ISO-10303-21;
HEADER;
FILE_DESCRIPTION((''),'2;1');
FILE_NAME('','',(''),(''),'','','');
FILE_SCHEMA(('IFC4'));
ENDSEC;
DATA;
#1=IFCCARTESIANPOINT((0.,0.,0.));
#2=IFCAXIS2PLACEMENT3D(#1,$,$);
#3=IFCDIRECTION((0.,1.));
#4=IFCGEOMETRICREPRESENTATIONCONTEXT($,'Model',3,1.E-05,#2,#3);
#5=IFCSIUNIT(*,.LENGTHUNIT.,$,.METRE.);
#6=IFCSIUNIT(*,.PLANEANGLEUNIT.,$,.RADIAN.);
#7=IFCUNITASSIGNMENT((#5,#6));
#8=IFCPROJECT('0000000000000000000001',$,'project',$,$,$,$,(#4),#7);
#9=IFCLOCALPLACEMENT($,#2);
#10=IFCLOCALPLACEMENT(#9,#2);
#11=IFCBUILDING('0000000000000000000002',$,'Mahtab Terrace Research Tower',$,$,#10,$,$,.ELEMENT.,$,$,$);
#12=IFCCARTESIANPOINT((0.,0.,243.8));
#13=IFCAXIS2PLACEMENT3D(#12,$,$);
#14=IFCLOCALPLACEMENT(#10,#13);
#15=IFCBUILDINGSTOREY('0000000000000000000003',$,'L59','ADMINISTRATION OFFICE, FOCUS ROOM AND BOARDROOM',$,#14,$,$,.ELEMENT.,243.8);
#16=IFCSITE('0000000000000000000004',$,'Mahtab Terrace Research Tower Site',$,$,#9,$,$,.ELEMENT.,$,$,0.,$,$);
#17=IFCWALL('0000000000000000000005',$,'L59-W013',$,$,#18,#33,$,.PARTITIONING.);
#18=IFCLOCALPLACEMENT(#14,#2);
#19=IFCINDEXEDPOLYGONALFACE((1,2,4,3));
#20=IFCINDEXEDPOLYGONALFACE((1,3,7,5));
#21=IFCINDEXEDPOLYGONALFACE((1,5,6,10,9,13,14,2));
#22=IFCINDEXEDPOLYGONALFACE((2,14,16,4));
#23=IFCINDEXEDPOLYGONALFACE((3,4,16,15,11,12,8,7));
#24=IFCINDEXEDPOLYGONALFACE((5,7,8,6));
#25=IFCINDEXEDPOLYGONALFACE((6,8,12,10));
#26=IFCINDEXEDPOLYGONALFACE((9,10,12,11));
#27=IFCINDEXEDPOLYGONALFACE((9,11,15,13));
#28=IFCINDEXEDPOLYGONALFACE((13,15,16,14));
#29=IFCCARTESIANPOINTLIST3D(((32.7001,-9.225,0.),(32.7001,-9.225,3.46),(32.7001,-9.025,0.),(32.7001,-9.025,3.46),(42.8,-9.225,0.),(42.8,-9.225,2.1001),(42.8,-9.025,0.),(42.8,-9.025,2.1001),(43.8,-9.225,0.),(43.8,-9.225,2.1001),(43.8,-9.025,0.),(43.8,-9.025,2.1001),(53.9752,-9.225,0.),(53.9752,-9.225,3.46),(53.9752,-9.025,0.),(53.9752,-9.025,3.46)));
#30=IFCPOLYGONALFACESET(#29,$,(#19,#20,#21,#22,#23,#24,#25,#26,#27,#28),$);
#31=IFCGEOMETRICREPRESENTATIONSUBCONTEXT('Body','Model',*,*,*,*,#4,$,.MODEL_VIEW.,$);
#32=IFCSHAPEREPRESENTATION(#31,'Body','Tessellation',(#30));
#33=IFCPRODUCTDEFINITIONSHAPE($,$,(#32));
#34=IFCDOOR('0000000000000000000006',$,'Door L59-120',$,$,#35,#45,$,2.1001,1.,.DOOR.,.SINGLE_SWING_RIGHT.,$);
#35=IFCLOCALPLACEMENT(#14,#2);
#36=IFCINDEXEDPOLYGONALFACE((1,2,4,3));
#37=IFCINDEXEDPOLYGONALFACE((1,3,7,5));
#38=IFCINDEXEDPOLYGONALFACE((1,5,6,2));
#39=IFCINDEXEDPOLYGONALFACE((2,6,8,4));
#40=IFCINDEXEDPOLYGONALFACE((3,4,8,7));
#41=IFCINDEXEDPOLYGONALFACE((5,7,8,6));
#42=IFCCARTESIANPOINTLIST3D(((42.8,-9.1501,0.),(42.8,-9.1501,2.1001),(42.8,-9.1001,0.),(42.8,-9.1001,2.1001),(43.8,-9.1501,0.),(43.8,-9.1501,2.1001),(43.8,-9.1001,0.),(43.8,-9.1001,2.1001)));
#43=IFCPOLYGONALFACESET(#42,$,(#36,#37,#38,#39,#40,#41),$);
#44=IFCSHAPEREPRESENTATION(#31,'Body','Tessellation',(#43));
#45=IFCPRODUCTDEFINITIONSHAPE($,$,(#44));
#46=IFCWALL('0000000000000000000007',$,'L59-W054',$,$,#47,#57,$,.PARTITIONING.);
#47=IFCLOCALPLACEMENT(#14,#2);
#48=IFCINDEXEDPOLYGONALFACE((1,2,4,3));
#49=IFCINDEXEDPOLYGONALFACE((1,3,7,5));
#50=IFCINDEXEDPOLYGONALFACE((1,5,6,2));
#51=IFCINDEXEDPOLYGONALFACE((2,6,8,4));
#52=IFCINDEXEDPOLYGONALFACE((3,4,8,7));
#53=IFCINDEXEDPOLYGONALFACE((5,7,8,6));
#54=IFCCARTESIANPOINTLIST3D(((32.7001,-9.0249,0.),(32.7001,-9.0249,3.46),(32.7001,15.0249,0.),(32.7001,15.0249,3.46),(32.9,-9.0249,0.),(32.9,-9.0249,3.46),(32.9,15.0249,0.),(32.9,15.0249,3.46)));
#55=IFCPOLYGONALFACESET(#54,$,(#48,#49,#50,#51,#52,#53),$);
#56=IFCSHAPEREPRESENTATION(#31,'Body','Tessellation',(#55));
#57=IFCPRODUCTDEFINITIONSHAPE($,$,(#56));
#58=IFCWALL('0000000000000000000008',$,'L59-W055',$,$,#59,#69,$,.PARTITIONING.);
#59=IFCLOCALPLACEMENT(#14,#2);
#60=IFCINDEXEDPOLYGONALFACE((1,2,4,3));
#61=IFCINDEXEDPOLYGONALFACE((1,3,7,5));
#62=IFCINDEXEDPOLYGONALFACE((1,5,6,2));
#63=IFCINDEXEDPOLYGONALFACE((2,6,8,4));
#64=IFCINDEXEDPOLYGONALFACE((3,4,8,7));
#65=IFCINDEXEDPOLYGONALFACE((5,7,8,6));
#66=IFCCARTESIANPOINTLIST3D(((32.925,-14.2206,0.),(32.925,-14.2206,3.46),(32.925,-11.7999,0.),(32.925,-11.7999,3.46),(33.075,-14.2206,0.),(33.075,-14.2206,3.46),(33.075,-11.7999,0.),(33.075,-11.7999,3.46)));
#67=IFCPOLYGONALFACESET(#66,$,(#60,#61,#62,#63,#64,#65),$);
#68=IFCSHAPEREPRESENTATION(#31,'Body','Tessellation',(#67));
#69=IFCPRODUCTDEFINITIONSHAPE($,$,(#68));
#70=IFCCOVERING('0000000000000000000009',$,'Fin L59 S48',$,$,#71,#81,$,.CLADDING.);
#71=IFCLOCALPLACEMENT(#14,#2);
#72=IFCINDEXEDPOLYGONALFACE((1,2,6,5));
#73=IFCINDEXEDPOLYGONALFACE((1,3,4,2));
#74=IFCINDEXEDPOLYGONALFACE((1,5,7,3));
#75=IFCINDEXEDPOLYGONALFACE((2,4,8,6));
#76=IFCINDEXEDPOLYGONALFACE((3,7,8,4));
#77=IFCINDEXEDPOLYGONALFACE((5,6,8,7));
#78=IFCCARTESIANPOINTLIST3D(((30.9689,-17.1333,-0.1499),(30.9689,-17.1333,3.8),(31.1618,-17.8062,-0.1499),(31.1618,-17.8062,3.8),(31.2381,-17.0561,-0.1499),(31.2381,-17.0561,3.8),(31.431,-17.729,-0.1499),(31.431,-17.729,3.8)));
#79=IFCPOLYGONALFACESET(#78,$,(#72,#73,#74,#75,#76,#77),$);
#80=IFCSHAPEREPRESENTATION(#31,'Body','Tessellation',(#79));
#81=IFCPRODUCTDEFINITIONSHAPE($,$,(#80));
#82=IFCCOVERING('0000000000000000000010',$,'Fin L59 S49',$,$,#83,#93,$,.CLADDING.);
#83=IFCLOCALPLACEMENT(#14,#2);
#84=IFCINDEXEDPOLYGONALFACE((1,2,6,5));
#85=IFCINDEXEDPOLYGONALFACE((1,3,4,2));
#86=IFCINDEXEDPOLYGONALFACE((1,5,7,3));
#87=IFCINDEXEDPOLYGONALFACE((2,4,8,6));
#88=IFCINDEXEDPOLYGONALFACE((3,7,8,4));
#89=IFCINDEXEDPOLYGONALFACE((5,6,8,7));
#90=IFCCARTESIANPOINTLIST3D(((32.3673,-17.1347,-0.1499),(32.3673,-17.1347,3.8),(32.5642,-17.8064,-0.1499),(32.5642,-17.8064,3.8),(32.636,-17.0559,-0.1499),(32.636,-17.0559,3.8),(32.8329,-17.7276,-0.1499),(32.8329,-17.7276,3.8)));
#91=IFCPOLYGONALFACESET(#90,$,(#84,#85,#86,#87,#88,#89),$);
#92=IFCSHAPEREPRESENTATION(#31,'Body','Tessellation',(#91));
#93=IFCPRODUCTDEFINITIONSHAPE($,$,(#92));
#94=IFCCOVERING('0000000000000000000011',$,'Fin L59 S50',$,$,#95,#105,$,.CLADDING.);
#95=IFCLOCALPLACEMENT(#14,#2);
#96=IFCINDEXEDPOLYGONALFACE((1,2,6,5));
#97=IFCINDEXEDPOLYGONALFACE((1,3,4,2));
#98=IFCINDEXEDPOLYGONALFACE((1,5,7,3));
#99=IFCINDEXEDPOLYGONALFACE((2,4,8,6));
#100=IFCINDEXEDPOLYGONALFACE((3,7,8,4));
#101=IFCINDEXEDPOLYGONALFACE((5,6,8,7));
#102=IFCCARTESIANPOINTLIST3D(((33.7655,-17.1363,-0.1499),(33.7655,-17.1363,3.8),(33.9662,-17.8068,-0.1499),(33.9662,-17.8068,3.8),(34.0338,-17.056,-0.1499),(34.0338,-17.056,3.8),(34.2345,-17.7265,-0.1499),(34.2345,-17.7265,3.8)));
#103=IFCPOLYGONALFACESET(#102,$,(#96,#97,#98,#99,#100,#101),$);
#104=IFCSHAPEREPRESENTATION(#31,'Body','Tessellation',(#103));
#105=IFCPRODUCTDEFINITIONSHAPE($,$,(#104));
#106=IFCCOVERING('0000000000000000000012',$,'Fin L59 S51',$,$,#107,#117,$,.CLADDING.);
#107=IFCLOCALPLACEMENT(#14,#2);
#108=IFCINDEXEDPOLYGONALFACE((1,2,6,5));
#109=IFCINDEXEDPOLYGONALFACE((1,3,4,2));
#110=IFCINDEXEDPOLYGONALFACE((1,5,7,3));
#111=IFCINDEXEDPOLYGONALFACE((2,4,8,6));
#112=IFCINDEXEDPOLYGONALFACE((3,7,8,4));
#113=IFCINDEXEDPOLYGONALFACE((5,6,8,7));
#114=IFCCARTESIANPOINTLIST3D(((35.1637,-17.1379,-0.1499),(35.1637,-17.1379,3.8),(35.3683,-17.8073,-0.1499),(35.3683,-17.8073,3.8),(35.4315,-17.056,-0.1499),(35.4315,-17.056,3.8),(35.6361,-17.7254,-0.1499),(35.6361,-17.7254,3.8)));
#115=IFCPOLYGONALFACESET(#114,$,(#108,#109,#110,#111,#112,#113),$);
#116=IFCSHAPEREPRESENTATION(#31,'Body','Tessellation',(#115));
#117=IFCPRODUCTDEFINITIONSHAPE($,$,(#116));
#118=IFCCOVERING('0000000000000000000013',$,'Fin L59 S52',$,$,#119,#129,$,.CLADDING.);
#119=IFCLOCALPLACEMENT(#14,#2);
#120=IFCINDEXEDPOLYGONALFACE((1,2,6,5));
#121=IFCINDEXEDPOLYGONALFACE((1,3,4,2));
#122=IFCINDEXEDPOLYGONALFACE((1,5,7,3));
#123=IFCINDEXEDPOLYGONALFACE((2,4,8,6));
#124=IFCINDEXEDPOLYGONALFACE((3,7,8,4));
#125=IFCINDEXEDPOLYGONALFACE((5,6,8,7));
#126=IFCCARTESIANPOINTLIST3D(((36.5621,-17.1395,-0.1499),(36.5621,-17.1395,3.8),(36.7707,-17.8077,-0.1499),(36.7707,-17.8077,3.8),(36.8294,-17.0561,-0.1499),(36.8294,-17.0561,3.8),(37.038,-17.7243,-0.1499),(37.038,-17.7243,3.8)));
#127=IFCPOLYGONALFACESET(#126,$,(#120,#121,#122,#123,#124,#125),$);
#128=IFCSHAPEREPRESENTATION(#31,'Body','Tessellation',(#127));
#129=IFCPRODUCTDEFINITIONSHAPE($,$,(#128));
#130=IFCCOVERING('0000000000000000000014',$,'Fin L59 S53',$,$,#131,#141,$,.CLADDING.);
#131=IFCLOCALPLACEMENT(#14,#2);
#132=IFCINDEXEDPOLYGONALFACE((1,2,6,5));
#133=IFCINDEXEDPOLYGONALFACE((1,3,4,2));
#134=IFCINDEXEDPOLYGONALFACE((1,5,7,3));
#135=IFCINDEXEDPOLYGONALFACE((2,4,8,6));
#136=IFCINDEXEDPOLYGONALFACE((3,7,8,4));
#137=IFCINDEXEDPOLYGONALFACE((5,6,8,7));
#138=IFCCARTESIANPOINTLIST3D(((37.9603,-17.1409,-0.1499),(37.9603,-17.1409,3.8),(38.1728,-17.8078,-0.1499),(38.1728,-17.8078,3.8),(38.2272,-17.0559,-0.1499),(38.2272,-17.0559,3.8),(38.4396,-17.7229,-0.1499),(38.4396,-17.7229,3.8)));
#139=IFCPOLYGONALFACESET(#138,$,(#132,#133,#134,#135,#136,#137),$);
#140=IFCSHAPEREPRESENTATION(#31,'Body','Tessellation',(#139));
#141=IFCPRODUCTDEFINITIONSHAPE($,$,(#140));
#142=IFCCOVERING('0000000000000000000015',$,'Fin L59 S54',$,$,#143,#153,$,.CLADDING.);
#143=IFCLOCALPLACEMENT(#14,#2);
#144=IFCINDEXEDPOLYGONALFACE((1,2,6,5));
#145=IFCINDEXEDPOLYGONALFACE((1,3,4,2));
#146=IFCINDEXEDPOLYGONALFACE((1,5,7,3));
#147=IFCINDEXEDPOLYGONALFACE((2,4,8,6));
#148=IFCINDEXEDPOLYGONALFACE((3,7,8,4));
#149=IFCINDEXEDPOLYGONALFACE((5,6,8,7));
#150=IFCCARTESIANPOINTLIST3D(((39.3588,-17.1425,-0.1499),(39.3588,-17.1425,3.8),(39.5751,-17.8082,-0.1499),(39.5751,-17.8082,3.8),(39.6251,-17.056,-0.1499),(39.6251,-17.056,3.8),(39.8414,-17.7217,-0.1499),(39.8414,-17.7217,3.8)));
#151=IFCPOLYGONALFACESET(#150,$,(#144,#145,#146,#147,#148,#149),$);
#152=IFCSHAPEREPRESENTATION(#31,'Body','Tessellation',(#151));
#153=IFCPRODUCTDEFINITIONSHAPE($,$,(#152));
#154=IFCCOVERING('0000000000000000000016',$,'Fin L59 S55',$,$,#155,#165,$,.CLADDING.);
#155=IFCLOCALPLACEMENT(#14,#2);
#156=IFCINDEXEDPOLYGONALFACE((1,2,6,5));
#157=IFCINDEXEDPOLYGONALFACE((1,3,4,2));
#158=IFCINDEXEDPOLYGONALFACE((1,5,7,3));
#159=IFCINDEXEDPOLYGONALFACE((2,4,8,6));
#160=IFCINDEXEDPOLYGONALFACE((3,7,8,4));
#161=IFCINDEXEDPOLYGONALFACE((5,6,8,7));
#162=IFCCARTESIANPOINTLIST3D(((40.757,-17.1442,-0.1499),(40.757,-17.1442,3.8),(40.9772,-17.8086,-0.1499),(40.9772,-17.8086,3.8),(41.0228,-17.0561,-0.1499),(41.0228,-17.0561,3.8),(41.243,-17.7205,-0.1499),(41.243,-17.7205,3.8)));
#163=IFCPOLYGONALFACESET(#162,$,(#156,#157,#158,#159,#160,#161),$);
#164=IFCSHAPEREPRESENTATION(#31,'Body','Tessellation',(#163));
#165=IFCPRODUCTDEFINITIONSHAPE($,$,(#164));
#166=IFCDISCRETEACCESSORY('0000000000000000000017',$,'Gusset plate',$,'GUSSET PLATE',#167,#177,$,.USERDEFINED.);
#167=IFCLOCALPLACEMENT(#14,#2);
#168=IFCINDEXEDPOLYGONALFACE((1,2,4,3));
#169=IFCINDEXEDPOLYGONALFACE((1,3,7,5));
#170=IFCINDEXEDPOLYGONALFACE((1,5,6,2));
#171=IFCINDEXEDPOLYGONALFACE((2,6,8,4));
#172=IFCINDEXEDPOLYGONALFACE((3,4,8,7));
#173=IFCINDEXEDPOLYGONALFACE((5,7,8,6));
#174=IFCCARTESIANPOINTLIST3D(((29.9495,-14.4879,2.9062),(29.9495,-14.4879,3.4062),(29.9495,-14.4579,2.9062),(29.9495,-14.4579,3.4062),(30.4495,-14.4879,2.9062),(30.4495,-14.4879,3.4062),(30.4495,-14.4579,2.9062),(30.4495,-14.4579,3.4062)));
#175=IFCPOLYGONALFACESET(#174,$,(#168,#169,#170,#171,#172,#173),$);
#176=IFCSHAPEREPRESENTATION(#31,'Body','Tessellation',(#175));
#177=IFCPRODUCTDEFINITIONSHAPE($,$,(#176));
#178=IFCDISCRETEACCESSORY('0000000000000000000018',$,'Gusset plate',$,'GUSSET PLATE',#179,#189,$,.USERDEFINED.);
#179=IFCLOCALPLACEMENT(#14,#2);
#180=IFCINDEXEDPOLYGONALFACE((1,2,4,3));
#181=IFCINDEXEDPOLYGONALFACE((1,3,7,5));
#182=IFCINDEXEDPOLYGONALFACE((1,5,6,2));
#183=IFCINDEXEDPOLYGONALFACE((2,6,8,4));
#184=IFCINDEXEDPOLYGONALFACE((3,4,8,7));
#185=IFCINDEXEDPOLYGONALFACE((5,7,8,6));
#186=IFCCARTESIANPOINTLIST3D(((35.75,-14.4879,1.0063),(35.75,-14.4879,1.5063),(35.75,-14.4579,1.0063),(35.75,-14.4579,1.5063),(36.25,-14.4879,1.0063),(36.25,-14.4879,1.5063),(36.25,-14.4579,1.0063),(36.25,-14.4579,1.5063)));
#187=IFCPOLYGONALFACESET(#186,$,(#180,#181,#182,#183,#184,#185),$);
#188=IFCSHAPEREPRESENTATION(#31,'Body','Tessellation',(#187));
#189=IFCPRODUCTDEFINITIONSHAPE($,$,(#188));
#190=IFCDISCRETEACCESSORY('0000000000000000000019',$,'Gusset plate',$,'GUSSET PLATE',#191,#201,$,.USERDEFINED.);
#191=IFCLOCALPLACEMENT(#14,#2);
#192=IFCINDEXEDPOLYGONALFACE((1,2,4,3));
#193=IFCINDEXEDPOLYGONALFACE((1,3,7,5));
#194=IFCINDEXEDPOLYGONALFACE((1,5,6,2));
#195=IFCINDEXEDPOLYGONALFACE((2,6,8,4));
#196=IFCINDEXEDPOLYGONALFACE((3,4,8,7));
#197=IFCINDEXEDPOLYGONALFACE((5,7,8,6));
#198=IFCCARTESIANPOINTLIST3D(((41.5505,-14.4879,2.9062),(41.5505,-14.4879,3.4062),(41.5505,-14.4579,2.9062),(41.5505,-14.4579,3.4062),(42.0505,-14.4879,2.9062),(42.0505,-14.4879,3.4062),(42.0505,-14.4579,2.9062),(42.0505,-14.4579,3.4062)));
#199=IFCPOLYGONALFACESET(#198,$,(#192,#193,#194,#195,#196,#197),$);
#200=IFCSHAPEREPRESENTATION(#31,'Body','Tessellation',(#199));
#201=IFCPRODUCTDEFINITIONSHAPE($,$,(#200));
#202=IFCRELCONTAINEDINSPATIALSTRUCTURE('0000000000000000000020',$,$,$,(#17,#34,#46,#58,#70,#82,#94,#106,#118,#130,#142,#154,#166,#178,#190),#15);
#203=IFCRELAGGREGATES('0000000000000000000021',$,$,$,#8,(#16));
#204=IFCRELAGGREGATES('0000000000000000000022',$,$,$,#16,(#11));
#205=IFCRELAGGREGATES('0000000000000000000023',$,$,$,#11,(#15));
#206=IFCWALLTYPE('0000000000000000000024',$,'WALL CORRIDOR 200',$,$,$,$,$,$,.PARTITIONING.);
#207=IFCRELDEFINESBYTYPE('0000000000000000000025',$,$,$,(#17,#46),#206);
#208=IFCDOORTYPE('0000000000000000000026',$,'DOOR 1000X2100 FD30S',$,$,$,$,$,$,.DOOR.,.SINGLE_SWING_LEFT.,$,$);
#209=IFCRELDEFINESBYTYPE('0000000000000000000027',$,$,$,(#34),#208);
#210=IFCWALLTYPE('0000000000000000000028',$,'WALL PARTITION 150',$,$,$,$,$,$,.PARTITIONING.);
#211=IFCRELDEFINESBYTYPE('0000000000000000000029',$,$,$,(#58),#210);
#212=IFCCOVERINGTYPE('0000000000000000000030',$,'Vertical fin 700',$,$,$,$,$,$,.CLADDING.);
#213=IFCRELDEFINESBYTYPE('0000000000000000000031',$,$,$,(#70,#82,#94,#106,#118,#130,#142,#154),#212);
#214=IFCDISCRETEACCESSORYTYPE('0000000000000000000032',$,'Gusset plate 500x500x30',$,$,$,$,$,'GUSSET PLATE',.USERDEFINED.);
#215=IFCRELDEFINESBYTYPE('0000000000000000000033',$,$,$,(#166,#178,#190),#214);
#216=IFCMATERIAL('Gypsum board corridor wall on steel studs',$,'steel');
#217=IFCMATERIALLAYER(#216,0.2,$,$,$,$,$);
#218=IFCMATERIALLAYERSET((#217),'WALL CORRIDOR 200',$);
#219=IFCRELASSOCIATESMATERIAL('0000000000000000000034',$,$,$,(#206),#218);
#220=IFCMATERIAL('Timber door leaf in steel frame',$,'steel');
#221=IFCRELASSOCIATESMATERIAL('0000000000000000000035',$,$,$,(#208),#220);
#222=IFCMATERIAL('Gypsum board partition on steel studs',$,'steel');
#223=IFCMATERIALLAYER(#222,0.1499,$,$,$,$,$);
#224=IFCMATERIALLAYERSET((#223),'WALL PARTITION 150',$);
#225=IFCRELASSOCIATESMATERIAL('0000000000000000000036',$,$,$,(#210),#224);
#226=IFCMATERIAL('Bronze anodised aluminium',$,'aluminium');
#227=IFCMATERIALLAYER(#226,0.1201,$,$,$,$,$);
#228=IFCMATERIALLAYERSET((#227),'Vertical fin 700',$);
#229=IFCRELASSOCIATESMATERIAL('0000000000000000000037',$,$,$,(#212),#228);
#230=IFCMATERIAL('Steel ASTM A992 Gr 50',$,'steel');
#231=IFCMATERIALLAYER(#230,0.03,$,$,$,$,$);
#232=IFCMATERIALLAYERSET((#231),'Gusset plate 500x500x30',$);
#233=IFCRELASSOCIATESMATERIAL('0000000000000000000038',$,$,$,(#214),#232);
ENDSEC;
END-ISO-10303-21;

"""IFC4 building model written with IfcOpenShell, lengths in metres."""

from ifc_helpers import new_model, si_unit, direction, frame, frame_2d, origin, origin_2d, place, context, subcontext, project, spatial, rectangle, extrude, material, layer, layer_set, type_object, element, fill, save


model = new_model("IFC4")

# Units and contexts
model_context = context("Model", 3, precision=1e-05, world=origin(), true_north=direction((0.0, 1.0)))
body_context = subcontext(model_context, "Body", "Model", "MODEL_VIEW")
ifc_project = project(units=[si_unit("LENGTHUNIT", "METRE"), si_unit("PLANEANGLEUNIT", "RADIAN")], contexts=[model_context])

# Site, building, storey
site_placement = place(None, origin())
site = spatial("IfcSite", under=ifc_project, at=site_placement, Name="Mahtab Terrace Research Tower Site", CompositionType="ELEMENT", RefElevation=0.0)
building_placement = place(site_placement, origin())
building = spatial("IfcBuilding", under=site, at=building_placement, Name="Mahtab Terrace Research Tower", CompositionType="ELEMENT")
storey_placement = place(building_placement, frame((0.0, 0.0, 243.8)))
storey = spatial("IfcBuildingStorey", under=building, at=storey_placement, Name="L59", Description="ADMINISTRATION OFFICE, FOCUS ROOM AND BOARDROOM", CompositionType="ELEMENT", Elevation=243.8)

# Shared definitions
ifc_material_1 = material(Name="Steel ASTM A992 Gr 50", Category="steel")

# Shared definitions
ifc_material_2 = material(Name="Gypsum board corridor wall on steel studs", Category="steel")
ifc_layer_1 = layer(ifc_material_2, 0.2)
ifc_layer_set_1 = layer_set([ifc_layer_1], Name="WALL CORRIDOR 200")
wall_type_1 = type_object("IfcWallType", Name="WALL CORRIDOR 200", PredefinedType="PARTITIONING", material=ifc_layer_set_1)
ifc_material_3 = material(Name="Timber door leaf in steel frame", Category="steel")

# Wall, opening, door
wall_1_placement = place(storey_placement, frame((32.7, -9.125, 0.0), z_axis=(0.0, 0.0, 1.0), x_axis=(1.0, 0.0, 0.0)))
wall_1 = element("IfcWall", 1, at=wall_1_placement, inside=storey, type_object=wall_type_1, Name="L59-W013", PredefinedType="PARTITIONING", context=body_context, shape_type="SweptSolid", body=[
    extrude(rectangle(XDim=21.2751, YDim=0.2, at=frame_2d((10.6377, 0.0))), origin(), (0.0, 0.0, 1.0), 3.46),
])
opening_1_placement = place(wall_1_placement, frame((10.1001, 0.0, 0.0)))
opening_1 = element("IfcOpeningElement", 2, at=opening_1_placement, cuts=wall_1, PredefinedType="OPENING", context=body_context, shape_type="SweptSolid", body=[
    extrude(rectangle(XDim=1.0, YDim=2.1001, at=frame_2d((0.5, 1.05))), frame((0.0, 0.1099, 0.0), z_axis=(0.0, -1.0, 0.0), x_axis=(1.0, 0.0, 0.0)), (0.0, 0.0, 1.0), 0.22),
])
door_type_1 = type_object("IfcDoorType", Name="DOOR 1000X2100 FD30S", OperationType="SINGLE_SWING_LEFT", PredefinedType="DOOR", material=ifc_material_3)
door_1_placement = place(opening_1_placement, origin())
door_1 = element("IfcDoor", 3, at=door_1_placement, inside=storey, type_object=door_type_1, Name="Door L59-120", OperationType="SINGLE_SWING_RIGHT", OverallHeight=2.1001, OverallWidth=1.0, PredefinedType="DOOR", context=body_context, shape_type="SweptSolid", body=[
    extrude(rectangle(XDim=1.0, YDim=2.1001, at=frame_2d((0.5, 1.05))), frame((0.0, 0.0249, 0.0), z_axis=(0.0, -1.0, 0.0), x_axis=(1.0, 0.0, 0.0)), (0.0, 0.0, 1.0), 0.05),
])
fill(opening_1, door_1)

# Walls
wall_2_placement = place(storey_placement, frame((32.8, -9.0249, 0.0), z_axis=(0.0, 0.0, 1.0), x_axis=(0.0, 1.0, 0.0)))
element("IfcWall", 4, at=wall_2_placement, inside=storey, type_object=wall_type_1, Name="L59-W054", PredefinedType="PARTITIONING", context=body_context, shape_type="SweptSolid", body=[
    extrude(rectangle(XDim=24.0498, YDim=0.2, at=frame_2d((12.0249, 0.0))), origin(), (0.0, 0.0, 1.0), 3.46),
])
ifc_material_4 = material(Name="Gypsum board partition on steel studs", Category="steel")
ifc_layer_2 = layer(ifc_material_4, 0.1499)
ifc_layer_set_2 = layer_set([ifc_layer_2], Name="WALL PARTITION 150")
wall_type_2 = type_object("IfcWallType", Name="WALL PARTITION 150", PredefinedType="PARTITIONING", material=ifc_layer_set_2)
wall_3_placement = place(storey_placement, frame((33.0, -14.2207, 0.0), z_axis=(0.0, 0.0, 1.0), x_axis=(0.0, 1.0, 0.0)))
element("IfcWall", 5, at=wall_3_placement, inside=storey, type_object=wall_type_2, Name="L59-W055", PredefinedType="PARTITIONING", context=body_context, shape_type="SweptSolid", body=[
    extrude(rectangle(XDim=2.4207, YDim=0.1499, at=frame_2d((1.2104, 0.0))), origin(), (0.0, 0.0, 1.0), 3.46),
])

# Coverings
ifc_material_5 = material(Name="Bronze anodised aluminium", Category="aluminium")
ifc_layer_3 = layer(ifc_material_5, 0.1201)
ifc_layer_set_3 = layer_set([ifc_layer_3], Name="Vertical fin 700")
covering_type = type_object("IfcCoveringType", Name="Vertical fin 700", PredefinedType="CLADDING", material=ifc_layer_set_3)
for number, where, z_axis, x_axis, name in (
    (6, (31.2, -17.4312, -0.1499), (0.0, 0.0, 1.0), (0.961262, 0.275637, 0.0), "Fin L59 S48"),
    (7, (32.6001, -17.4312, -0.1499), (0.0, 0.0, 1.0), (0.959642, 0.281225, 0.0), "Fin L59 S49"),
    (8, (34.0, -17.4314, -0.1499), (0.0, 0.0, 1.0), (0.95799, 0.286803, 0.0), "Fin L59 S50"),
    (9, (35.3999, -17.4316, -0.1499), (0.0, 0.0, 1.0), (0.956305, 0.292372, 0.0), "Fin L59 S51"),
    (10, (36.8, -17.4319, -0.1499), (0.0, 0.0, 1.0), (0.954588, 0.29793, 0.0), "Fin L59 S52"),
    (11, (38.2, -17.4319, -0.1499), (0.0, 0.0, 1.0), (0.952838, 0.303479, 0.0), "Fin L59 S53"),
    (12, (39.6001, -17.4321, -0.1499), (0.0, 0.0, 1.0), (0.951057, 0.309017, 0.0), "Fin L59 S54"),
    (13, (41.0, -17.4324, -0.1499), (0.0, 0.0, 1.0), (0.949243, 0.314545, 0.0), "Fin L59 S55"),
):
    element("IfcCovering", number, at=place(storey_placement, frame(where, z_axis=z_axis, x_axis=x_axis)), inside=storey, type_object=covering_type, Name=name, PredefinedType="CLADDING", context=body_context, shape_type="SweptSolid", body=[
        extrude(rectangle(XDim=0.28, YDim=0.7, at=origin_2d()), origin(), (0.0, 0.0, 1.0), 3.95),
    ])

# Discrete accessories
ifc_layer_4 = layer(ifc_material_1, 0.03)
ifc_layer_set_4 = layer_set([ifc_layer_4], Name="Gusset plate 500x500x30")
discrete_accessory_type = type_object("IfcDiscreteAccessoryType", Name="Gusset plate 500x500x30", ElementType="GUSSET PLATE", PredefinedType="USERDEFINED", material=ifc_layer_set_4)
for number, where, z_axis, x_axis, name in (
    (14, (30.1995, -14.4729, 2.9062), (0.0, 0.0, 1.0), (1.0, 0.0, 0.0), "Gusset plate"),
    (15, (36.0, -14.4729, 1.0063), (0.0, 0.0, 1.0), (1.0, 0.0, 0.0), "Gusset plate"),
    (16, (41.8005, -14.4729, 2.9062), (0.0, 0.0, 1.0), (1.0, 0.0, 0.0), "Gusset plate"),
):
    element("IfcDiscreteAccessory", number, at=place(storey_placement, frame(where, z_axis=z_axis, x_axis=x_axis)), inside=storey, type_object=discrete_accessory_type, Name=name, ObjectType="GUSSET PLATE", PredefinedType="USERDEFINED", context=body_context, shape_type="SweptSolid", body=[
        extrude(rectangle(XDim=0.5, YDim=0.03, at=origin_2d()), origin(), (0.0, 0.0, 1.0), 0.5),
    ])

save(model, "model.ifc")
